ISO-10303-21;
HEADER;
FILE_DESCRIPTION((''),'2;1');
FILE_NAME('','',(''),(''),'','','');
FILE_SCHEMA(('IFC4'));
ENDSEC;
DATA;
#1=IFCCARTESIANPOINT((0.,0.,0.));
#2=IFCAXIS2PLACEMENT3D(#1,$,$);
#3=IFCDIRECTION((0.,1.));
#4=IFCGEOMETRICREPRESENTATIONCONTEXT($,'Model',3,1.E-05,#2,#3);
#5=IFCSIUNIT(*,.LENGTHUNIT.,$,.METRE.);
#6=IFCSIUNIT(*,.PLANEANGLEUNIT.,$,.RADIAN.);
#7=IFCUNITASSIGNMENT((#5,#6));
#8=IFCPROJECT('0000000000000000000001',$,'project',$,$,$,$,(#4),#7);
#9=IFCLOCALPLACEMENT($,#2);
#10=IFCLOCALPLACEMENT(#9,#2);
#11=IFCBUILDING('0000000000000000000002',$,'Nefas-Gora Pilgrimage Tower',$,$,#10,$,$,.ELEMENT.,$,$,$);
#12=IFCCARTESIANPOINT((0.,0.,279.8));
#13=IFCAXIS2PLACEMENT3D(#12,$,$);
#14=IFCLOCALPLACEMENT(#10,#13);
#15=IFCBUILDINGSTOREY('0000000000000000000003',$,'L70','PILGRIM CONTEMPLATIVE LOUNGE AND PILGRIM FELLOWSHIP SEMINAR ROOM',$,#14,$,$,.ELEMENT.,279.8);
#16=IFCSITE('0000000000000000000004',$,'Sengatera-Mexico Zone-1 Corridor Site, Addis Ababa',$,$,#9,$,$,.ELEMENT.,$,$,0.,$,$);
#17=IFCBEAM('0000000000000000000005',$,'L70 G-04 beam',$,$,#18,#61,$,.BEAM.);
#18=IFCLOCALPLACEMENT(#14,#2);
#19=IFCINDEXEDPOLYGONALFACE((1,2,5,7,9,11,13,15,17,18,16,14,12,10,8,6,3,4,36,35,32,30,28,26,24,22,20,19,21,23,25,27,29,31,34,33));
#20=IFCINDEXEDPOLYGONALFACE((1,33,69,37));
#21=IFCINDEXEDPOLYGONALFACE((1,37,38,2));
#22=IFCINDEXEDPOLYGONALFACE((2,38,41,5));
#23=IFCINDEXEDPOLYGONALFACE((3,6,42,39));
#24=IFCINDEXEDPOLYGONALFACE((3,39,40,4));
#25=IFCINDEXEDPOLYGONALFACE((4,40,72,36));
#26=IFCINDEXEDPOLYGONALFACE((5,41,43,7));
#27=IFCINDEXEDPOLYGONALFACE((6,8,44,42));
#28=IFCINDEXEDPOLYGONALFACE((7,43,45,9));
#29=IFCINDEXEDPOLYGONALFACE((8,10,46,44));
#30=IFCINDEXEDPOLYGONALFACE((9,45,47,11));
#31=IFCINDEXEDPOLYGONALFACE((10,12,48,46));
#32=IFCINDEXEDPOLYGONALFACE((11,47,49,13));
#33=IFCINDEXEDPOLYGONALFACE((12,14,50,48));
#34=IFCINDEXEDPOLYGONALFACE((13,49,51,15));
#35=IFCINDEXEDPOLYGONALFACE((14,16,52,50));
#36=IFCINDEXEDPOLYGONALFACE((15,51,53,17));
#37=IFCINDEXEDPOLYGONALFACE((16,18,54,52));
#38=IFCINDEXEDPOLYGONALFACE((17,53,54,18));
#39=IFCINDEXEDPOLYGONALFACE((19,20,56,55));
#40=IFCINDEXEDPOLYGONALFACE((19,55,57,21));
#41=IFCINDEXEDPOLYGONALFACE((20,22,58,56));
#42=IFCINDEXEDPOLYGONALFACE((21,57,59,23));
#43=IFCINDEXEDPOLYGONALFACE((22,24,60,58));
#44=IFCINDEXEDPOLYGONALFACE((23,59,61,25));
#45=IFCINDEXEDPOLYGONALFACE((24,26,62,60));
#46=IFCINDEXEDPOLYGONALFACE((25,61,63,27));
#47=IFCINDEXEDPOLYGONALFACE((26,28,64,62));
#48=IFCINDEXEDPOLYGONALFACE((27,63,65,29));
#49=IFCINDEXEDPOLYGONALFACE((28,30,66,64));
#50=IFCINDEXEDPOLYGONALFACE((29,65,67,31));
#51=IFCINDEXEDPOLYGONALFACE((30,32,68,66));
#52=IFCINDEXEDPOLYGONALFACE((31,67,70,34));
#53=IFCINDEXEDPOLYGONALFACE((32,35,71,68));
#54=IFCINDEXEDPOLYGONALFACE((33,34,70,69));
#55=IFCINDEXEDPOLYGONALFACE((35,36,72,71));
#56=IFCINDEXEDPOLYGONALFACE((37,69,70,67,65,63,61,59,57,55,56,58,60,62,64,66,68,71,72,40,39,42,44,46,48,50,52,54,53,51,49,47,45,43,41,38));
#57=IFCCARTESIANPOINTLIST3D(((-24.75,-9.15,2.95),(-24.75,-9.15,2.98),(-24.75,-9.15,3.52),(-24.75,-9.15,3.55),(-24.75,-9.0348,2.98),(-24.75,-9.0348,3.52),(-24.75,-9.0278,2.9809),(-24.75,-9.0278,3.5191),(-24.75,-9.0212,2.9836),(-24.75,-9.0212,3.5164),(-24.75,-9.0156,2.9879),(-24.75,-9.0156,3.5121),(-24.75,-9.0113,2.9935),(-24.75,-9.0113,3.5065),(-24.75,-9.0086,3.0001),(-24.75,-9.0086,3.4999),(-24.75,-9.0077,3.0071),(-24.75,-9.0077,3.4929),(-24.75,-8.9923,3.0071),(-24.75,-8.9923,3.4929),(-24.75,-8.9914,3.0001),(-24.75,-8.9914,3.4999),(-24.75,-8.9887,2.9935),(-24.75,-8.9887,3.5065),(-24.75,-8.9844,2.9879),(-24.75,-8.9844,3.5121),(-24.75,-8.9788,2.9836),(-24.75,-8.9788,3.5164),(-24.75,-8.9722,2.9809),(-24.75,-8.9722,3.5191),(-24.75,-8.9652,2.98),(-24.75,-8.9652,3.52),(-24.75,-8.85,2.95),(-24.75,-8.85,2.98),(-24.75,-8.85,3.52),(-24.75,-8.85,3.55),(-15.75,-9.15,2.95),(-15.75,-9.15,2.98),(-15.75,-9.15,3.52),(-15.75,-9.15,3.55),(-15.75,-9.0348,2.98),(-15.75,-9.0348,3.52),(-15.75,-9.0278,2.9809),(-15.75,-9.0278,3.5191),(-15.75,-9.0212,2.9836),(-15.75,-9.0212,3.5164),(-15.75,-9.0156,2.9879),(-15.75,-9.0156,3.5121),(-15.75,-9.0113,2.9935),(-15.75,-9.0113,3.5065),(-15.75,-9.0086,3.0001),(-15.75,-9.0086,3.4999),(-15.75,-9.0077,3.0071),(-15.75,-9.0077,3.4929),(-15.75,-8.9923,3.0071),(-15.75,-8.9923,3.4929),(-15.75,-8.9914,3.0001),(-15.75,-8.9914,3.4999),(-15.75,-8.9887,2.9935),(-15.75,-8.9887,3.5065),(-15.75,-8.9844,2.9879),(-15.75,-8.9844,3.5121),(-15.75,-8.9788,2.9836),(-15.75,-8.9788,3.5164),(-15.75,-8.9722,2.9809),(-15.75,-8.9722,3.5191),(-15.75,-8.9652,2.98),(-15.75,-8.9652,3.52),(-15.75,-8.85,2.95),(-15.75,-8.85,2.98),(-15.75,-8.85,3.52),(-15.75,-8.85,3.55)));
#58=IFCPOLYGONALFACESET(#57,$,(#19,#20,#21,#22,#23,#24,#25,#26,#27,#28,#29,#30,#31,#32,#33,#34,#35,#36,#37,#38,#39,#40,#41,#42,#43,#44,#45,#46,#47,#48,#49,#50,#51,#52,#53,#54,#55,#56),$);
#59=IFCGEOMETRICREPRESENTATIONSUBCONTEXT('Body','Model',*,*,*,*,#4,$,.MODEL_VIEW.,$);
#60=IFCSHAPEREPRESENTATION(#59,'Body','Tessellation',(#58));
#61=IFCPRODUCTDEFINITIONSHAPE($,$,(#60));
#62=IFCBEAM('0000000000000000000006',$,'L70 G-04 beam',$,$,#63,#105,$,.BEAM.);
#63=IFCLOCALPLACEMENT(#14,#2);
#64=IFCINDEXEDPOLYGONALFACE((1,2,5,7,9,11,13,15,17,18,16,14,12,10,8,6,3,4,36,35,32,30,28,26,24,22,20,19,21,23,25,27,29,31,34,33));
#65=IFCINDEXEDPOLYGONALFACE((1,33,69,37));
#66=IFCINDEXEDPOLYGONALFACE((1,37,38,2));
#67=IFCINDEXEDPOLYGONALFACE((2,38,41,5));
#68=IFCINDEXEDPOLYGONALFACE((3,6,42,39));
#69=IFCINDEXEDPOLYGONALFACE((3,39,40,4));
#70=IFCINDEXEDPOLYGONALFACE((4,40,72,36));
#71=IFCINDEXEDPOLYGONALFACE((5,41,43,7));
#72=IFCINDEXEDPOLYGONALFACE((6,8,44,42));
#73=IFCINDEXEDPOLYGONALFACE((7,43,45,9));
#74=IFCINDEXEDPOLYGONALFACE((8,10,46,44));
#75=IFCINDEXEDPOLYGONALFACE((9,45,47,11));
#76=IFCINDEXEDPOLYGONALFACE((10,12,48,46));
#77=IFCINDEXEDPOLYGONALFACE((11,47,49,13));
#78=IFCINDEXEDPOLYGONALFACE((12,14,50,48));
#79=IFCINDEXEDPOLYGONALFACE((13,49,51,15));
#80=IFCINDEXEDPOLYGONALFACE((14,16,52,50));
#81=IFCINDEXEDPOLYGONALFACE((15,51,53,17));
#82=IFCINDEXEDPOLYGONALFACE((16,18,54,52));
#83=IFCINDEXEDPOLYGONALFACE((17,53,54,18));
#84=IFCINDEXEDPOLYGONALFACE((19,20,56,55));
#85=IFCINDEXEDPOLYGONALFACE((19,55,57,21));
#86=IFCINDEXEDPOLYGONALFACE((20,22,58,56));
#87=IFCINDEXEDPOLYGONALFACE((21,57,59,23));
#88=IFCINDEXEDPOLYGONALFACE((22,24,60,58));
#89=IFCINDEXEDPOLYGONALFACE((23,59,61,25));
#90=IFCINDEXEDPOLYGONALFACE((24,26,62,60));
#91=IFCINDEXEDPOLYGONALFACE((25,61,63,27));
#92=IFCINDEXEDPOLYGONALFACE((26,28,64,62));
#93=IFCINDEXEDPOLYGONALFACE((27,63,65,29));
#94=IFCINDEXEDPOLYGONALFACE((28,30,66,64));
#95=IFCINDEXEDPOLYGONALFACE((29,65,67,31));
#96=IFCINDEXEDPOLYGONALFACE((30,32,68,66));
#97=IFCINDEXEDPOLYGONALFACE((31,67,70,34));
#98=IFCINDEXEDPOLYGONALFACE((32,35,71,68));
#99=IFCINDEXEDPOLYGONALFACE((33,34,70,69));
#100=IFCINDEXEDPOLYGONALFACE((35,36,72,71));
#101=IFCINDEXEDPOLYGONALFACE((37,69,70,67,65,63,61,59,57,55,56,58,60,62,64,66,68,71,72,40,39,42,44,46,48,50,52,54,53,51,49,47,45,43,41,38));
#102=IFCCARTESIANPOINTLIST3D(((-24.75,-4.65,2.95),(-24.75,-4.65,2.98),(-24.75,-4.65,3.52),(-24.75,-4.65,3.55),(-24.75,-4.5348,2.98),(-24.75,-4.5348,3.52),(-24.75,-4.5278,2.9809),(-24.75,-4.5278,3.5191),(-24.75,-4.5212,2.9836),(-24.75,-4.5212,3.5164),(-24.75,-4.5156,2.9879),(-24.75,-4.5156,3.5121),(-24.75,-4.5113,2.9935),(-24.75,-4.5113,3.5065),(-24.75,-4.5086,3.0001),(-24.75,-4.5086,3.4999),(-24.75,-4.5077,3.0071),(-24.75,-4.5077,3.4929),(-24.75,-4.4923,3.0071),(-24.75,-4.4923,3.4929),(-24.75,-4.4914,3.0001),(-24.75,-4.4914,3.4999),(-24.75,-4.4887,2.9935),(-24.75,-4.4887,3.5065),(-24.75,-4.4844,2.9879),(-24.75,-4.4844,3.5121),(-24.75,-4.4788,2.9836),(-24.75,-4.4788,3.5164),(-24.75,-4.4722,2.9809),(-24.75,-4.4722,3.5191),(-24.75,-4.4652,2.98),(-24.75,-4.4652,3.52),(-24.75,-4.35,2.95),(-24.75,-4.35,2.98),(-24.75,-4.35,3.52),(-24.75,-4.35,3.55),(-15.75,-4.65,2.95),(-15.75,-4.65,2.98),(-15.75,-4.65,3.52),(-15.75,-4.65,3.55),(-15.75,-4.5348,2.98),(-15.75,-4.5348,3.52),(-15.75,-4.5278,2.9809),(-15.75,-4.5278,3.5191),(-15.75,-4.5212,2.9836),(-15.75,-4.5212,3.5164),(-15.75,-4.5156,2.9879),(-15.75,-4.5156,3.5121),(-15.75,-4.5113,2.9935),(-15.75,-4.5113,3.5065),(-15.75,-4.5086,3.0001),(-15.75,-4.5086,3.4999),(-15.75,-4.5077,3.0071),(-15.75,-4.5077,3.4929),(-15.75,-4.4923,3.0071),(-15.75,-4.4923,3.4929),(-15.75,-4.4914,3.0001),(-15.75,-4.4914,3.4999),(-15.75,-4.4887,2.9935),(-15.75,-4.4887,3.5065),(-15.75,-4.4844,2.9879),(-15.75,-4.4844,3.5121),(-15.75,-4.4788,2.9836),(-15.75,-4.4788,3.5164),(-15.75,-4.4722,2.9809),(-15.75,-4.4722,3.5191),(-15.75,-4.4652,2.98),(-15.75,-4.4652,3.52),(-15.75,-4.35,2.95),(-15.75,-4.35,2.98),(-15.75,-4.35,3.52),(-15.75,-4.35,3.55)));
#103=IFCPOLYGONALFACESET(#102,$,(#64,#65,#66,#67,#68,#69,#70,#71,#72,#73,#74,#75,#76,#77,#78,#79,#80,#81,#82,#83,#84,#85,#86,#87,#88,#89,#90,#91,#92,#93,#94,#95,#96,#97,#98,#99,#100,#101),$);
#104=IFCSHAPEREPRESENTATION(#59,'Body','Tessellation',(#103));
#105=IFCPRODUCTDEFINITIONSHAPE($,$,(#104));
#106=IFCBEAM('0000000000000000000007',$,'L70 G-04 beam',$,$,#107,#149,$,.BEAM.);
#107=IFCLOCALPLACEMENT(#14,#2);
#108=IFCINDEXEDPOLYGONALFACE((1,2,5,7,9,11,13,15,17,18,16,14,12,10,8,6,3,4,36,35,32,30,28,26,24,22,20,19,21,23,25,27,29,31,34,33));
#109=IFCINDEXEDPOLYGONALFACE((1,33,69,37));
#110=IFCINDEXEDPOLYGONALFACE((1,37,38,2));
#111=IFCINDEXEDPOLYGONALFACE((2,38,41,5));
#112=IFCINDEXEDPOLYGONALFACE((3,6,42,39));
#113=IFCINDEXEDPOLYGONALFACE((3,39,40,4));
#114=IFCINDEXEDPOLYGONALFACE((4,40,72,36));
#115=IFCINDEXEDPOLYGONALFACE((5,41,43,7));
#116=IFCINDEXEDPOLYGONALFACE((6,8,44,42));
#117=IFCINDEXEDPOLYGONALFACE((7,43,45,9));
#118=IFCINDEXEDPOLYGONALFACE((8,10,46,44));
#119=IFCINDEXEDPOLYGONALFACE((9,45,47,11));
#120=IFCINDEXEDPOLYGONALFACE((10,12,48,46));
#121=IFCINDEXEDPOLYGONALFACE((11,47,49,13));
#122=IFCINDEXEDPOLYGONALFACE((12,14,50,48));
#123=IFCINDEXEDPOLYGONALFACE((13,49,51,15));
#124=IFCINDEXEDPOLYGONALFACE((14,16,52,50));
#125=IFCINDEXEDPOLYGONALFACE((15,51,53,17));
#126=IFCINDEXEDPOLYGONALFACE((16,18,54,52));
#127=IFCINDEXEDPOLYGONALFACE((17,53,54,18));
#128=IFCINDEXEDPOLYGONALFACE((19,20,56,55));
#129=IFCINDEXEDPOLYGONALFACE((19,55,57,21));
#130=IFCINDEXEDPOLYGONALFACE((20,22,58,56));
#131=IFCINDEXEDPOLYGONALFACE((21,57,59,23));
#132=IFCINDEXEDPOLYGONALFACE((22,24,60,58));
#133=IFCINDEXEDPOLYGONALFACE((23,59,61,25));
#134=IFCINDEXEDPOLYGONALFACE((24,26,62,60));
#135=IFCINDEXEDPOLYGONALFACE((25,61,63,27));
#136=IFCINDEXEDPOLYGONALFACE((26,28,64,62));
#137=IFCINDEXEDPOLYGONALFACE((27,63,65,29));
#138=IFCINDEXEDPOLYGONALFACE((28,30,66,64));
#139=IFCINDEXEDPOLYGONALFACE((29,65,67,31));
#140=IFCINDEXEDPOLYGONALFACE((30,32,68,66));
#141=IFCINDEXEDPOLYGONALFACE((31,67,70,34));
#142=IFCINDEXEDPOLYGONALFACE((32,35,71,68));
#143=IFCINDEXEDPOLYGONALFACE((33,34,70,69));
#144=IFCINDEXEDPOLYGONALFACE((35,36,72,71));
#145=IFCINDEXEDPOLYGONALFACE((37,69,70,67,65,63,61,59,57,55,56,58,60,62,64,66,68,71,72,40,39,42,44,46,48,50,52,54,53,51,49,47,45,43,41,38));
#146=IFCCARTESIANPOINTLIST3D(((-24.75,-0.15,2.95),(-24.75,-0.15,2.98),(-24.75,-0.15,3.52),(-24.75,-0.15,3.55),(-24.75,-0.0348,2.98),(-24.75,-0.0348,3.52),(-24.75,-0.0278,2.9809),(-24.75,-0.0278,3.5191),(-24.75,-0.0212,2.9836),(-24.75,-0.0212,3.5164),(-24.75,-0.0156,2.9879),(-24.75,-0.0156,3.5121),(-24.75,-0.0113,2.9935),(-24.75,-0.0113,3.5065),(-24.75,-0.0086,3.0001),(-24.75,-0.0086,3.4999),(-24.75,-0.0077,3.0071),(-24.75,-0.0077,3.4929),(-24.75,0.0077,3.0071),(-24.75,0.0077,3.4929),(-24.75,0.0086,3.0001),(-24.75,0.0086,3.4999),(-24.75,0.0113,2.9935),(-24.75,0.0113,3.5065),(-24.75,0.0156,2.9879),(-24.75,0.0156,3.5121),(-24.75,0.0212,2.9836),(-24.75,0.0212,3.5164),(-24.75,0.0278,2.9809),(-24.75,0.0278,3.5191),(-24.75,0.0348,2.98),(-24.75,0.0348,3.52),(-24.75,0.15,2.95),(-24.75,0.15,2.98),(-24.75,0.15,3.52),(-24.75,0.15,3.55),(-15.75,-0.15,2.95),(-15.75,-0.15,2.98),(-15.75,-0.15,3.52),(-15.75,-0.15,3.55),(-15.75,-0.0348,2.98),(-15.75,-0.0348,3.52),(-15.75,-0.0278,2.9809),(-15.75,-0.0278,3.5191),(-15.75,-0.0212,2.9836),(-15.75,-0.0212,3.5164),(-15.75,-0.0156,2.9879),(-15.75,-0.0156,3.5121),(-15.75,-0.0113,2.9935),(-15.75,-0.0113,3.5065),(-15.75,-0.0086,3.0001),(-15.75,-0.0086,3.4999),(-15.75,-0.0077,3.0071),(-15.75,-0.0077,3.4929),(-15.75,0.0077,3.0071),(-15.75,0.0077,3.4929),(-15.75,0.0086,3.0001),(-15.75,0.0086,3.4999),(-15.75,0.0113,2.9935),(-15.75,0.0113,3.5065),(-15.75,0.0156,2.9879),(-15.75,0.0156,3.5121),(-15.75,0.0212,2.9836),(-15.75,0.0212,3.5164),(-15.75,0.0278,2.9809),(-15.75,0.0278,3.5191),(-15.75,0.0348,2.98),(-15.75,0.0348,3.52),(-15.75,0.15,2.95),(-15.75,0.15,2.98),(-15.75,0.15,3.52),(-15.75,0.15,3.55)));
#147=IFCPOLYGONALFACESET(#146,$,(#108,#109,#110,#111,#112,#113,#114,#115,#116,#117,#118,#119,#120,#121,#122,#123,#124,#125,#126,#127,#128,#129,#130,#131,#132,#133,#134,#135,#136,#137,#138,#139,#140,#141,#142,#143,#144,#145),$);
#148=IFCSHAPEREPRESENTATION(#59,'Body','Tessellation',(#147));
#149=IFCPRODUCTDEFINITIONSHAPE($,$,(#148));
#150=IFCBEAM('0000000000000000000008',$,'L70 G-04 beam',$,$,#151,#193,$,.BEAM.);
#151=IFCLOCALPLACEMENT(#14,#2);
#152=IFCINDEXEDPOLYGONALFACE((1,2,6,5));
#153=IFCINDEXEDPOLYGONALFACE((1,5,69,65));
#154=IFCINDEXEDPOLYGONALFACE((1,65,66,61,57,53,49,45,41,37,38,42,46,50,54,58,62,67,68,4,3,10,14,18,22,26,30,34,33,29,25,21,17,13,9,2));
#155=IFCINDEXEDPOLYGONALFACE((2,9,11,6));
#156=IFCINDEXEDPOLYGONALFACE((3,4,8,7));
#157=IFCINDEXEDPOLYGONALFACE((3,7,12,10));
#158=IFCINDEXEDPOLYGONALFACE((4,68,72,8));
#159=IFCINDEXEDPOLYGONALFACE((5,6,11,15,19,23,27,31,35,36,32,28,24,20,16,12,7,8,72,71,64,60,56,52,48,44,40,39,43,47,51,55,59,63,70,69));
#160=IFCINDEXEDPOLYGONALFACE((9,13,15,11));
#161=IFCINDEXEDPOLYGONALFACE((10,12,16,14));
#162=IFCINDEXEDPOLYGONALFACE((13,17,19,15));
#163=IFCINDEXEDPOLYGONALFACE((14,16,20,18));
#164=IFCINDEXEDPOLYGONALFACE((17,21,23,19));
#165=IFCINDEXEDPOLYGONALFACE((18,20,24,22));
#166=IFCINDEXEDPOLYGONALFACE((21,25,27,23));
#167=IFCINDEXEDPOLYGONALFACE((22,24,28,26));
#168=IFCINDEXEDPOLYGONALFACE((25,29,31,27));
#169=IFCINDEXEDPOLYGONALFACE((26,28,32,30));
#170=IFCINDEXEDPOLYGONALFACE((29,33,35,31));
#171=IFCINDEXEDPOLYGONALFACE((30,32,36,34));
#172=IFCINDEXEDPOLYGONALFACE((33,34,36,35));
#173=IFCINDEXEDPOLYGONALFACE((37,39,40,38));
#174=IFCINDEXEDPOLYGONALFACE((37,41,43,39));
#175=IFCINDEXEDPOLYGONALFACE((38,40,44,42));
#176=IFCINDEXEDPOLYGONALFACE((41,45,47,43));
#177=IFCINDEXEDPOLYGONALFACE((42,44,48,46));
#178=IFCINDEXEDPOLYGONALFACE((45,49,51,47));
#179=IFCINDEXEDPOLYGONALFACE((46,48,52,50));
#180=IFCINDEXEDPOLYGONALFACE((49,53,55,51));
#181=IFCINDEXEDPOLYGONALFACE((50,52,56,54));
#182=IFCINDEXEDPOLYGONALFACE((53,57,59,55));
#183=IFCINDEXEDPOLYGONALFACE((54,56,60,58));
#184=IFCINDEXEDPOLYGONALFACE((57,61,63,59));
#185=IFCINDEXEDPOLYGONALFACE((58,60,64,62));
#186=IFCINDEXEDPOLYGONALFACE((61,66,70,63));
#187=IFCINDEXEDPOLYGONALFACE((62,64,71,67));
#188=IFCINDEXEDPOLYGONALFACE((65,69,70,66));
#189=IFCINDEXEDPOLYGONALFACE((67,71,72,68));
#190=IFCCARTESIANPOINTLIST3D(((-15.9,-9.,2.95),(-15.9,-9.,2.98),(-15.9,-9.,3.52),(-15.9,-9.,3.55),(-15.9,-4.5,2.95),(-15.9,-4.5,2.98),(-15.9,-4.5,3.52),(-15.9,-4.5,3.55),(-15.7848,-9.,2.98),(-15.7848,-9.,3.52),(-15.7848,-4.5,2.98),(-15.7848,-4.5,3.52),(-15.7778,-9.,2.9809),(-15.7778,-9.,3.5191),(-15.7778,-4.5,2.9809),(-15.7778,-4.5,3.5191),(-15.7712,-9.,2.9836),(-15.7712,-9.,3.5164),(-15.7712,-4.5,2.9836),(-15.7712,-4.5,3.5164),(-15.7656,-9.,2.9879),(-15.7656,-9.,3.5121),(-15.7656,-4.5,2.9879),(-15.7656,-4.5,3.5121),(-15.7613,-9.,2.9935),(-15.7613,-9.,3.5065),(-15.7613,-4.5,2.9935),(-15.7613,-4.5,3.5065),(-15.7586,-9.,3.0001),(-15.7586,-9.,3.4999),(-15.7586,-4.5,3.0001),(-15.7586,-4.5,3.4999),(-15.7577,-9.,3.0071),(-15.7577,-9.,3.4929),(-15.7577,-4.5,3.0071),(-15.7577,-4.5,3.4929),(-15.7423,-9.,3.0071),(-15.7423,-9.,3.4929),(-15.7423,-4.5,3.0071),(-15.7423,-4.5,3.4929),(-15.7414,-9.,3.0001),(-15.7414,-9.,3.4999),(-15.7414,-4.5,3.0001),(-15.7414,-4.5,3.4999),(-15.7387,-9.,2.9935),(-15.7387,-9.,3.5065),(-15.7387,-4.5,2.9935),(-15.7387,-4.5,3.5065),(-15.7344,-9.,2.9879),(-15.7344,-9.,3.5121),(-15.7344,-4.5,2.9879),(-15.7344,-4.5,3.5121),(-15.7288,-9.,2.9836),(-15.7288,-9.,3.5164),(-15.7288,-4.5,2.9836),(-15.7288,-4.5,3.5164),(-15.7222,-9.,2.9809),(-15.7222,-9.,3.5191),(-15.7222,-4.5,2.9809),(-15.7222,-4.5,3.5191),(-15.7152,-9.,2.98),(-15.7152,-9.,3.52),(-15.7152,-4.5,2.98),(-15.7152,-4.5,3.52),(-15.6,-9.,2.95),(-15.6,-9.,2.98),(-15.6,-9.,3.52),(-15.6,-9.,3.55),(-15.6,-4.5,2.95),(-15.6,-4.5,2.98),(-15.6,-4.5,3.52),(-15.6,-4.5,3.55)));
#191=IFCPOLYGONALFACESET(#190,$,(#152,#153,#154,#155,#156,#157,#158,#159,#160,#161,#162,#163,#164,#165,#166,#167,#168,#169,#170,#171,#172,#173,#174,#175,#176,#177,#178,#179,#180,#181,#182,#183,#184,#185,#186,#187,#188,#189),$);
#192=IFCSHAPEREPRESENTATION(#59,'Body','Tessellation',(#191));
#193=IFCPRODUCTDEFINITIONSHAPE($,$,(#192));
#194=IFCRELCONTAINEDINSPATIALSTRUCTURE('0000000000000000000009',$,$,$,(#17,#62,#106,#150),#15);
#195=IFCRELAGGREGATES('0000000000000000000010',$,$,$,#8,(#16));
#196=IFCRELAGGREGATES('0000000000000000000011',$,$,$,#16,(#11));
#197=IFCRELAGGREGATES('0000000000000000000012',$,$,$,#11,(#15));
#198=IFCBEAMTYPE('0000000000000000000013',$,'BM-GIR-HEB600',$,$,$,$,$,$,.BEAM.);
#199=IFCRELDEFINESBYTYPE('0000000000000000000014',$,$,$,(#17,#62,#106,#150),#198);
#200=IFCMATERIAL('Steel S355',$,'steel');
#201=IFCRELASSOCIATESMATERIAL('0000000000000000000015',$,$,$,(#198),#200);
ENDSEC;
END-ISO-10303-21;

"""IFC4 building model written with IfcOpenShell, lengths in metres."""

from ifc_helpers import new_model, si_unit, direction, frame, origin, origin_2d, place, context, subcontext, project, spatial, i_section, extrude, source, transform, mapped, material, material_profile, profile_set, type_object, element, save


model = new_model("IFC4")

# Units and contexts
model_context = context("Model", 3, precision=1e-05, world=origin(), true_north=direction((0.0, 1.0)))
body_context = subcontext(model_context, "Body", "Model", "MODEL_VIEW")
ifc_project = project(units=[si_unit("LENGTHUNIT", "METRE"), si_unit("PLANEANGLEUNIT", "RADIAN")], contexts=[model_context])

# Site, building, storey
site_placement = place(None, origin())
site = spatial("IfcSite", under=ifc_project, at=site_placement, Name="Sengatera-Mexico Zone-1 Corridor Site, Addis Ababa", CompositionType="ELEMENT", RefElevation=0.0)
building_placement = place(site_placement, origin())
building = spatial("IfcBuilding", under=site, at=building_placement, Name="Nefas-Gora Pilgrimage Tower", CompositionType="ELEMENT")
storey_placement = place(building_placement, frame((0.0, 0.0, 279.8)))
storey = spatial("IfcBuildingStorey", under=building, at=storey_placement, Name="L70", Description="PILGRIM CONTEMPLATIVE LOUNGE AND PILGRIM FELLOWSHIP SEMINAR ROOM", CompositionType="ELEMENT", Elevation=279.8)

# Shared definitions
ifc_material_1 = material(Name="Steel S355", Category="steel")

# Beams
ifc_material_profile_1 = material_profile(ifc_material_1, i_section(OverallWidth=0.3, OverallDepth=0.6001, WebThickness=0.0154, FlangeThickness=0.03, FilletRadius=0.0271, at=origin_2d()), Name="HEB 600")
ifc_profile_set_1 = profile_set([ifc_material_profile_1], Name="Steel S355")
beam_type_1 = type_object("IfcBeamType", Name="BM-GIR-HEB600", PredefinedType="BEAM", material=ifc_profile_set_1)
shared_shape_1 = source(origin(), body_context, "Body", "SweptSolid", [
    extrude(i_section(OverallWidth=0.3, OverallDepth=0.6001, WebThickness=0.0154, FlangeThickness=0.03, FilletRadius=0.0271, at=origin_2d()), origin(), (0.0, 0.0, 1.0), 9.0),
])
for number, where, z_axis, x_axis, name in (
    (1, (-24.75, -9.0, 3.25), (1.0, 0.0, 0.0), (0.0, 1.0, 0.0), "L70 G-04 beam"),
    (2, (-24.75, -4.5, 3.25), (1.0, 0.0, 0.0), (0.0, 1.0, 0.0), "L70 G-04 beam"),
    (3, (-24.75, 0.0, 3.25), (1.0, 0.0, 0.0), (0.0, 1.0, 0.0), "L70 G-04 beam"),
):
    element("IfcBeam", number, at=place(storey_placement, frame(where, z_axis=z_axis, x_axis=x_axis)), inside=storey, type_object=beam_type_1, Name=name, PredefinedType="BEAM", context=body_context, shape_type="MappedRepresentation", body=[
        mapped(shared_shape_1, transform((0.0, 0.0, 0.0), x_axis=(1.0, 0.0, 0.0), y_axis=(0.0, 1.0, 0.0), z_axis=(0.0, 0.0, 1.0), scale=1.0)),
    ])
shared_shape_2 = source(origin(), body_context, "Body", "SweptSolid", [
    extrude(i_section(OverallWidth=0.3, OverallDepth=0.6001, WebThickness=0.0154, FlangeThickness=0.03, FilletRadius=0.0271, at=origin_2d()), origin(), (0.0, 0.0, 1.0), 4.5),
])
for number, where, z_axis, x_axis, name in (
    (4, (-15.75, -9.0, 3.25), (0.0, 1.0, 0.0), (-1.0, 0.0, 0.0), "L70 G-04 beam"),
):
    element("IfcBeam", number, at=place(storey_placement, frame(where, z_axis=z_axis, x_axis=x_axis)), inside=storey, type_object=beam_type_1, Name=name, PredefinedType="BEAM", context=body_context, shape_type="MappedRepresentation", body=[
        mapped(shared_shape_2, transform((0.0, 0.0, 0.0), x_axis=(1.0, 0.0, 0.0), y_axis=(0.0, 1.0, 0.0), z_axis=(0.0, 0.0, 1.0), scale=1.0)),
    ])

save(model, "model.ifc")
